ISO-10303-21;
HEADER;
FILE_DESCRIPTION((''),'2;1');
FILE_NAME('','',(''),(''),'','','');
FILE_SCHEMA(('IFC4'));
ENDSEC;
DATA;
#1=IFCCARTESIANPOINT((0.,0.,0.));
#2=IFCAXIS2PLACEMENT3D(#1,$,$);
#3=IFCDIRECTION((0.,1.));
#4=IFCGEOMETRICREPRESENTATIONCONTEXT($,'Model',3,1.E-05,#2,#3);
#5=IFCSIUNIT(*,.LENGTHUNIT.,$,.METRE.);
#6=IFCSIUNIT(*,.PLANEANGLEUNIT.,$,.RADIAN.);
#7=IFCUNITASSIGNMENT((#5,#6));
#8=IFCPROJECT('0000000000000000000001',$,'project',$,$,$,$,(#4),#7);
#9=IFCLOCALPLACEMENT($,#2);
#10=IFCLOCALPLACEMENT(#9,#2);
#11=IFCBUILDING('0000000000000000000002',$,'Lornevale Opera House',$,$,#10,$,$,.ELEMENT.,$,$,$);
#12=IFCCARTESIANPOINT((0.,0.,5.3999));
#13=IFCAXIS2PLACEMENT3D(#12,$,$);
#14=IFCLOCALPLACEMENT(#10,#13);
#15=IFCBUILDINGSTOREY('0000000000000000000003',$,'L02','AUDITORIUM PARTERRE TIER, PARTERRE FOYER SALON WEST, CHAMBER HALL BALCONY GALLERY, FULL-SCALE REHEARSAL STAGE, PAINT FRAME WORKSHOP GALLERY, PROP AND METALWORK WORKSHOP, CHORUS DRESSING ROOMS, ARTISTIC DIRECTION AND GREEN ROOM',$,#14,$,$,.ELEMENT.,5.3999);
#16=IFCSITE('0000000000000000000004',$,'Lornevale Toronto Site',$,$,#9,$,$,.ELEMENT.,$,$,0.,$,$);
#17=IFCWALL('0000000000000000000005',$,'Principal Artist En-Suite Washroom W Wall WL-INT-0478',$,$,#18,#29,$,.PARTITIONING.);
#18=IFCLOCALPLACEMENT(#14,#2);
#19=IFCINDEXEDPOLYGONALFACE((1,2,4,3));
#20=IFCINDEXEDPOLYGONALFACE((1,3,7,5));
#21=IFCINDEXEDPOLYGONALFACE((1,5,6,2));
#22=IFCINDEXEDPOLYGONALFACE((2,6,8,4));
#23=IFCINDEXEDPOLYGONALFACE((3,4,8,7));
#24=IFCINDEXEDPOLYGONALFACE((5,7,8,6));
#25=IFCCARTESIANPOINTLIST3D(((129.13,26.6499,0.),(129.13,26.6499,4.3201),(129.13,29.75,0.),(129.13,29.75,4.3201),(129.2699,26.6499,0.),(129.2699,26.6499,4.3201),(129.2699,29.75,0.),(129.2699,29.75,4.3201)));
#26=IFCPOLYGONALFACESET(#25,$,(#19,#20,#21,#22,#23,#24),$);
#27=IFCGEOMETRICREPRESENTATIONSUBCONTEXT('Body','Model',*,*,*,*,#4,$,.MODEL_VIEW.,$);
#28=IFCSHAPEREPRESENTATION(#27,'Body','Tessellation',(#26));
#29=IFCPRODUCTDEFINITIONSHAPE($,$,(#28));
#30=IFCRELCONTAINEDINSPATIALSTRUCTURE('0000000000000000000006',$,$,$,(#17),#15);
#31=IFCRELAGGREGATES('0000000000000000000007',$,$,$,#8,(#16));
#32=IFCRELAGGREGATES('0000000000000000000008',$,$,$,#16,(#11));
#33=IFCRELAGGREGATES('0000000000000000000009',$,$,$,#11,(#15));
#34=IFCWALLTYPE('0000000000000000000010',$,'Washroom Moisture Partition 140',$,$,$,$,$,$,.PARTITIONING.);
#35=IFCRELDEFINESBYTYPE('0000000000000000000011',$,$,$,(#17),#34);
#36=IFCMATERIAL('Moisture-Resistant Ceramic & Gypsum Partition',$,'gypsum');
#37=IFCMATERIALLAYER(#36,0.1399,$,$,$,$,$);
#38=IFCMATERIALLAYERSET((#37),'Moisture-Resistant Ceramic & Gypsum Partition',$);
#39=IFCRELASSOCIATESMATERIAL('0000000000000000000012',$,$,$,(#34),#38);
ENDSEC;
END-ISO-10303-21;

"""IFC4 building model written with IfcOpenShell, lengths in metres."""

from ifc_helpers import new_model, si_unit, direction, frame, frame_2d, origin, place, context, subcontext, project, spatial, rectangle, extrude, material, layer, layer_set, type_object, element, save


model = new_model("IFC4")

# Units and contexts
model_context = context("Model", 3, precision=1e-05, world=origin(), true_north=direction((0.0, 1.0)))
body_context = subcontext(model_context, "Body", "Model", "MODEL_VIEW")
ifc_project = project(units=[si_unit("LENGTHUNIT", "METRE"), si_unit("PLANEANGLEUNIT", "RADIAN")], contexts=[model_context])

# Site, building, storey
site_placement = place(None, origin())
site = spatial("IfcSite", under=ifc_project, at=site_placement, Name="Lornevale Toronto Site", CompositionType="ELEMENT", RefElevation=0.0)
building_placement = place(site_placement, origin())
building = spatial("IfcBuilding", under=site, at=building_placement, Name="Lornevale Opera House", CompositionType="ELEMENT")
storey_placement = place(building_placement, frame((0.0, 0.0, 5.3999)))
storey = spatial("IfcBuildingStorey", under=building, at=storey_placement, Name="L02", Description="AUDITORIUM PARTERRE TIER, PARTERRE FOYER SALON WEST, CHAMBER HALL BALCONY GALLERY, FULL-SCALE REHEARSAL STAGE, PAINT FRAME WORKSHOP GALLERY, PROP AND METALWORK WORKSHOP, CHORUS DRESSING ROOMS, ARTISTIC DIRECTION AND GREEN ROOM", CompositionType="ELEMENT", Elevation=5.3999)

# Shared definitions
ifc_material_1 = material(Name="Moisture-Resistant Ceramic & Gypsum Partition", Category="gypsum")
ifc_layer_1 = layer(ifc_material_1, 0.1399)
ifc_layer_set_1 = layer_set([ifc_layer_1], Name="Moisture-Resistant Ceramic & Gypsum Partition")
wall_type_1 = type_object("IfcWallType", Name="Washroom Moisture Partition 140", PredefinedType="PARTITIONING", material=ifc_layer_set_1)

# Wall
wall_1_placement = place(storey_placement, frame((129.2, 26.6499, 0.0), z_axis=(0.0, 0.0, 1.0), x_axis=(0.0, 1.0, 0.0)))
element("IfcWall", 1, at=wall_1_placement, inside=storey, type_object=wall_type_1, Name="Principal Artist En-Suite Washroom W Wall WL-INT-0478", PredefinedType="PARTITIONING", context=body_context, shape_type="SweptSolid", body=[
    extrude(rectangle(XDim=3.1001, YDim=0.1399, at=frame_2d((1.55, 0.0))), origin(), (0.0, 0.0, 1.0), 4.3201),
])

save(model, "model.ifc")
